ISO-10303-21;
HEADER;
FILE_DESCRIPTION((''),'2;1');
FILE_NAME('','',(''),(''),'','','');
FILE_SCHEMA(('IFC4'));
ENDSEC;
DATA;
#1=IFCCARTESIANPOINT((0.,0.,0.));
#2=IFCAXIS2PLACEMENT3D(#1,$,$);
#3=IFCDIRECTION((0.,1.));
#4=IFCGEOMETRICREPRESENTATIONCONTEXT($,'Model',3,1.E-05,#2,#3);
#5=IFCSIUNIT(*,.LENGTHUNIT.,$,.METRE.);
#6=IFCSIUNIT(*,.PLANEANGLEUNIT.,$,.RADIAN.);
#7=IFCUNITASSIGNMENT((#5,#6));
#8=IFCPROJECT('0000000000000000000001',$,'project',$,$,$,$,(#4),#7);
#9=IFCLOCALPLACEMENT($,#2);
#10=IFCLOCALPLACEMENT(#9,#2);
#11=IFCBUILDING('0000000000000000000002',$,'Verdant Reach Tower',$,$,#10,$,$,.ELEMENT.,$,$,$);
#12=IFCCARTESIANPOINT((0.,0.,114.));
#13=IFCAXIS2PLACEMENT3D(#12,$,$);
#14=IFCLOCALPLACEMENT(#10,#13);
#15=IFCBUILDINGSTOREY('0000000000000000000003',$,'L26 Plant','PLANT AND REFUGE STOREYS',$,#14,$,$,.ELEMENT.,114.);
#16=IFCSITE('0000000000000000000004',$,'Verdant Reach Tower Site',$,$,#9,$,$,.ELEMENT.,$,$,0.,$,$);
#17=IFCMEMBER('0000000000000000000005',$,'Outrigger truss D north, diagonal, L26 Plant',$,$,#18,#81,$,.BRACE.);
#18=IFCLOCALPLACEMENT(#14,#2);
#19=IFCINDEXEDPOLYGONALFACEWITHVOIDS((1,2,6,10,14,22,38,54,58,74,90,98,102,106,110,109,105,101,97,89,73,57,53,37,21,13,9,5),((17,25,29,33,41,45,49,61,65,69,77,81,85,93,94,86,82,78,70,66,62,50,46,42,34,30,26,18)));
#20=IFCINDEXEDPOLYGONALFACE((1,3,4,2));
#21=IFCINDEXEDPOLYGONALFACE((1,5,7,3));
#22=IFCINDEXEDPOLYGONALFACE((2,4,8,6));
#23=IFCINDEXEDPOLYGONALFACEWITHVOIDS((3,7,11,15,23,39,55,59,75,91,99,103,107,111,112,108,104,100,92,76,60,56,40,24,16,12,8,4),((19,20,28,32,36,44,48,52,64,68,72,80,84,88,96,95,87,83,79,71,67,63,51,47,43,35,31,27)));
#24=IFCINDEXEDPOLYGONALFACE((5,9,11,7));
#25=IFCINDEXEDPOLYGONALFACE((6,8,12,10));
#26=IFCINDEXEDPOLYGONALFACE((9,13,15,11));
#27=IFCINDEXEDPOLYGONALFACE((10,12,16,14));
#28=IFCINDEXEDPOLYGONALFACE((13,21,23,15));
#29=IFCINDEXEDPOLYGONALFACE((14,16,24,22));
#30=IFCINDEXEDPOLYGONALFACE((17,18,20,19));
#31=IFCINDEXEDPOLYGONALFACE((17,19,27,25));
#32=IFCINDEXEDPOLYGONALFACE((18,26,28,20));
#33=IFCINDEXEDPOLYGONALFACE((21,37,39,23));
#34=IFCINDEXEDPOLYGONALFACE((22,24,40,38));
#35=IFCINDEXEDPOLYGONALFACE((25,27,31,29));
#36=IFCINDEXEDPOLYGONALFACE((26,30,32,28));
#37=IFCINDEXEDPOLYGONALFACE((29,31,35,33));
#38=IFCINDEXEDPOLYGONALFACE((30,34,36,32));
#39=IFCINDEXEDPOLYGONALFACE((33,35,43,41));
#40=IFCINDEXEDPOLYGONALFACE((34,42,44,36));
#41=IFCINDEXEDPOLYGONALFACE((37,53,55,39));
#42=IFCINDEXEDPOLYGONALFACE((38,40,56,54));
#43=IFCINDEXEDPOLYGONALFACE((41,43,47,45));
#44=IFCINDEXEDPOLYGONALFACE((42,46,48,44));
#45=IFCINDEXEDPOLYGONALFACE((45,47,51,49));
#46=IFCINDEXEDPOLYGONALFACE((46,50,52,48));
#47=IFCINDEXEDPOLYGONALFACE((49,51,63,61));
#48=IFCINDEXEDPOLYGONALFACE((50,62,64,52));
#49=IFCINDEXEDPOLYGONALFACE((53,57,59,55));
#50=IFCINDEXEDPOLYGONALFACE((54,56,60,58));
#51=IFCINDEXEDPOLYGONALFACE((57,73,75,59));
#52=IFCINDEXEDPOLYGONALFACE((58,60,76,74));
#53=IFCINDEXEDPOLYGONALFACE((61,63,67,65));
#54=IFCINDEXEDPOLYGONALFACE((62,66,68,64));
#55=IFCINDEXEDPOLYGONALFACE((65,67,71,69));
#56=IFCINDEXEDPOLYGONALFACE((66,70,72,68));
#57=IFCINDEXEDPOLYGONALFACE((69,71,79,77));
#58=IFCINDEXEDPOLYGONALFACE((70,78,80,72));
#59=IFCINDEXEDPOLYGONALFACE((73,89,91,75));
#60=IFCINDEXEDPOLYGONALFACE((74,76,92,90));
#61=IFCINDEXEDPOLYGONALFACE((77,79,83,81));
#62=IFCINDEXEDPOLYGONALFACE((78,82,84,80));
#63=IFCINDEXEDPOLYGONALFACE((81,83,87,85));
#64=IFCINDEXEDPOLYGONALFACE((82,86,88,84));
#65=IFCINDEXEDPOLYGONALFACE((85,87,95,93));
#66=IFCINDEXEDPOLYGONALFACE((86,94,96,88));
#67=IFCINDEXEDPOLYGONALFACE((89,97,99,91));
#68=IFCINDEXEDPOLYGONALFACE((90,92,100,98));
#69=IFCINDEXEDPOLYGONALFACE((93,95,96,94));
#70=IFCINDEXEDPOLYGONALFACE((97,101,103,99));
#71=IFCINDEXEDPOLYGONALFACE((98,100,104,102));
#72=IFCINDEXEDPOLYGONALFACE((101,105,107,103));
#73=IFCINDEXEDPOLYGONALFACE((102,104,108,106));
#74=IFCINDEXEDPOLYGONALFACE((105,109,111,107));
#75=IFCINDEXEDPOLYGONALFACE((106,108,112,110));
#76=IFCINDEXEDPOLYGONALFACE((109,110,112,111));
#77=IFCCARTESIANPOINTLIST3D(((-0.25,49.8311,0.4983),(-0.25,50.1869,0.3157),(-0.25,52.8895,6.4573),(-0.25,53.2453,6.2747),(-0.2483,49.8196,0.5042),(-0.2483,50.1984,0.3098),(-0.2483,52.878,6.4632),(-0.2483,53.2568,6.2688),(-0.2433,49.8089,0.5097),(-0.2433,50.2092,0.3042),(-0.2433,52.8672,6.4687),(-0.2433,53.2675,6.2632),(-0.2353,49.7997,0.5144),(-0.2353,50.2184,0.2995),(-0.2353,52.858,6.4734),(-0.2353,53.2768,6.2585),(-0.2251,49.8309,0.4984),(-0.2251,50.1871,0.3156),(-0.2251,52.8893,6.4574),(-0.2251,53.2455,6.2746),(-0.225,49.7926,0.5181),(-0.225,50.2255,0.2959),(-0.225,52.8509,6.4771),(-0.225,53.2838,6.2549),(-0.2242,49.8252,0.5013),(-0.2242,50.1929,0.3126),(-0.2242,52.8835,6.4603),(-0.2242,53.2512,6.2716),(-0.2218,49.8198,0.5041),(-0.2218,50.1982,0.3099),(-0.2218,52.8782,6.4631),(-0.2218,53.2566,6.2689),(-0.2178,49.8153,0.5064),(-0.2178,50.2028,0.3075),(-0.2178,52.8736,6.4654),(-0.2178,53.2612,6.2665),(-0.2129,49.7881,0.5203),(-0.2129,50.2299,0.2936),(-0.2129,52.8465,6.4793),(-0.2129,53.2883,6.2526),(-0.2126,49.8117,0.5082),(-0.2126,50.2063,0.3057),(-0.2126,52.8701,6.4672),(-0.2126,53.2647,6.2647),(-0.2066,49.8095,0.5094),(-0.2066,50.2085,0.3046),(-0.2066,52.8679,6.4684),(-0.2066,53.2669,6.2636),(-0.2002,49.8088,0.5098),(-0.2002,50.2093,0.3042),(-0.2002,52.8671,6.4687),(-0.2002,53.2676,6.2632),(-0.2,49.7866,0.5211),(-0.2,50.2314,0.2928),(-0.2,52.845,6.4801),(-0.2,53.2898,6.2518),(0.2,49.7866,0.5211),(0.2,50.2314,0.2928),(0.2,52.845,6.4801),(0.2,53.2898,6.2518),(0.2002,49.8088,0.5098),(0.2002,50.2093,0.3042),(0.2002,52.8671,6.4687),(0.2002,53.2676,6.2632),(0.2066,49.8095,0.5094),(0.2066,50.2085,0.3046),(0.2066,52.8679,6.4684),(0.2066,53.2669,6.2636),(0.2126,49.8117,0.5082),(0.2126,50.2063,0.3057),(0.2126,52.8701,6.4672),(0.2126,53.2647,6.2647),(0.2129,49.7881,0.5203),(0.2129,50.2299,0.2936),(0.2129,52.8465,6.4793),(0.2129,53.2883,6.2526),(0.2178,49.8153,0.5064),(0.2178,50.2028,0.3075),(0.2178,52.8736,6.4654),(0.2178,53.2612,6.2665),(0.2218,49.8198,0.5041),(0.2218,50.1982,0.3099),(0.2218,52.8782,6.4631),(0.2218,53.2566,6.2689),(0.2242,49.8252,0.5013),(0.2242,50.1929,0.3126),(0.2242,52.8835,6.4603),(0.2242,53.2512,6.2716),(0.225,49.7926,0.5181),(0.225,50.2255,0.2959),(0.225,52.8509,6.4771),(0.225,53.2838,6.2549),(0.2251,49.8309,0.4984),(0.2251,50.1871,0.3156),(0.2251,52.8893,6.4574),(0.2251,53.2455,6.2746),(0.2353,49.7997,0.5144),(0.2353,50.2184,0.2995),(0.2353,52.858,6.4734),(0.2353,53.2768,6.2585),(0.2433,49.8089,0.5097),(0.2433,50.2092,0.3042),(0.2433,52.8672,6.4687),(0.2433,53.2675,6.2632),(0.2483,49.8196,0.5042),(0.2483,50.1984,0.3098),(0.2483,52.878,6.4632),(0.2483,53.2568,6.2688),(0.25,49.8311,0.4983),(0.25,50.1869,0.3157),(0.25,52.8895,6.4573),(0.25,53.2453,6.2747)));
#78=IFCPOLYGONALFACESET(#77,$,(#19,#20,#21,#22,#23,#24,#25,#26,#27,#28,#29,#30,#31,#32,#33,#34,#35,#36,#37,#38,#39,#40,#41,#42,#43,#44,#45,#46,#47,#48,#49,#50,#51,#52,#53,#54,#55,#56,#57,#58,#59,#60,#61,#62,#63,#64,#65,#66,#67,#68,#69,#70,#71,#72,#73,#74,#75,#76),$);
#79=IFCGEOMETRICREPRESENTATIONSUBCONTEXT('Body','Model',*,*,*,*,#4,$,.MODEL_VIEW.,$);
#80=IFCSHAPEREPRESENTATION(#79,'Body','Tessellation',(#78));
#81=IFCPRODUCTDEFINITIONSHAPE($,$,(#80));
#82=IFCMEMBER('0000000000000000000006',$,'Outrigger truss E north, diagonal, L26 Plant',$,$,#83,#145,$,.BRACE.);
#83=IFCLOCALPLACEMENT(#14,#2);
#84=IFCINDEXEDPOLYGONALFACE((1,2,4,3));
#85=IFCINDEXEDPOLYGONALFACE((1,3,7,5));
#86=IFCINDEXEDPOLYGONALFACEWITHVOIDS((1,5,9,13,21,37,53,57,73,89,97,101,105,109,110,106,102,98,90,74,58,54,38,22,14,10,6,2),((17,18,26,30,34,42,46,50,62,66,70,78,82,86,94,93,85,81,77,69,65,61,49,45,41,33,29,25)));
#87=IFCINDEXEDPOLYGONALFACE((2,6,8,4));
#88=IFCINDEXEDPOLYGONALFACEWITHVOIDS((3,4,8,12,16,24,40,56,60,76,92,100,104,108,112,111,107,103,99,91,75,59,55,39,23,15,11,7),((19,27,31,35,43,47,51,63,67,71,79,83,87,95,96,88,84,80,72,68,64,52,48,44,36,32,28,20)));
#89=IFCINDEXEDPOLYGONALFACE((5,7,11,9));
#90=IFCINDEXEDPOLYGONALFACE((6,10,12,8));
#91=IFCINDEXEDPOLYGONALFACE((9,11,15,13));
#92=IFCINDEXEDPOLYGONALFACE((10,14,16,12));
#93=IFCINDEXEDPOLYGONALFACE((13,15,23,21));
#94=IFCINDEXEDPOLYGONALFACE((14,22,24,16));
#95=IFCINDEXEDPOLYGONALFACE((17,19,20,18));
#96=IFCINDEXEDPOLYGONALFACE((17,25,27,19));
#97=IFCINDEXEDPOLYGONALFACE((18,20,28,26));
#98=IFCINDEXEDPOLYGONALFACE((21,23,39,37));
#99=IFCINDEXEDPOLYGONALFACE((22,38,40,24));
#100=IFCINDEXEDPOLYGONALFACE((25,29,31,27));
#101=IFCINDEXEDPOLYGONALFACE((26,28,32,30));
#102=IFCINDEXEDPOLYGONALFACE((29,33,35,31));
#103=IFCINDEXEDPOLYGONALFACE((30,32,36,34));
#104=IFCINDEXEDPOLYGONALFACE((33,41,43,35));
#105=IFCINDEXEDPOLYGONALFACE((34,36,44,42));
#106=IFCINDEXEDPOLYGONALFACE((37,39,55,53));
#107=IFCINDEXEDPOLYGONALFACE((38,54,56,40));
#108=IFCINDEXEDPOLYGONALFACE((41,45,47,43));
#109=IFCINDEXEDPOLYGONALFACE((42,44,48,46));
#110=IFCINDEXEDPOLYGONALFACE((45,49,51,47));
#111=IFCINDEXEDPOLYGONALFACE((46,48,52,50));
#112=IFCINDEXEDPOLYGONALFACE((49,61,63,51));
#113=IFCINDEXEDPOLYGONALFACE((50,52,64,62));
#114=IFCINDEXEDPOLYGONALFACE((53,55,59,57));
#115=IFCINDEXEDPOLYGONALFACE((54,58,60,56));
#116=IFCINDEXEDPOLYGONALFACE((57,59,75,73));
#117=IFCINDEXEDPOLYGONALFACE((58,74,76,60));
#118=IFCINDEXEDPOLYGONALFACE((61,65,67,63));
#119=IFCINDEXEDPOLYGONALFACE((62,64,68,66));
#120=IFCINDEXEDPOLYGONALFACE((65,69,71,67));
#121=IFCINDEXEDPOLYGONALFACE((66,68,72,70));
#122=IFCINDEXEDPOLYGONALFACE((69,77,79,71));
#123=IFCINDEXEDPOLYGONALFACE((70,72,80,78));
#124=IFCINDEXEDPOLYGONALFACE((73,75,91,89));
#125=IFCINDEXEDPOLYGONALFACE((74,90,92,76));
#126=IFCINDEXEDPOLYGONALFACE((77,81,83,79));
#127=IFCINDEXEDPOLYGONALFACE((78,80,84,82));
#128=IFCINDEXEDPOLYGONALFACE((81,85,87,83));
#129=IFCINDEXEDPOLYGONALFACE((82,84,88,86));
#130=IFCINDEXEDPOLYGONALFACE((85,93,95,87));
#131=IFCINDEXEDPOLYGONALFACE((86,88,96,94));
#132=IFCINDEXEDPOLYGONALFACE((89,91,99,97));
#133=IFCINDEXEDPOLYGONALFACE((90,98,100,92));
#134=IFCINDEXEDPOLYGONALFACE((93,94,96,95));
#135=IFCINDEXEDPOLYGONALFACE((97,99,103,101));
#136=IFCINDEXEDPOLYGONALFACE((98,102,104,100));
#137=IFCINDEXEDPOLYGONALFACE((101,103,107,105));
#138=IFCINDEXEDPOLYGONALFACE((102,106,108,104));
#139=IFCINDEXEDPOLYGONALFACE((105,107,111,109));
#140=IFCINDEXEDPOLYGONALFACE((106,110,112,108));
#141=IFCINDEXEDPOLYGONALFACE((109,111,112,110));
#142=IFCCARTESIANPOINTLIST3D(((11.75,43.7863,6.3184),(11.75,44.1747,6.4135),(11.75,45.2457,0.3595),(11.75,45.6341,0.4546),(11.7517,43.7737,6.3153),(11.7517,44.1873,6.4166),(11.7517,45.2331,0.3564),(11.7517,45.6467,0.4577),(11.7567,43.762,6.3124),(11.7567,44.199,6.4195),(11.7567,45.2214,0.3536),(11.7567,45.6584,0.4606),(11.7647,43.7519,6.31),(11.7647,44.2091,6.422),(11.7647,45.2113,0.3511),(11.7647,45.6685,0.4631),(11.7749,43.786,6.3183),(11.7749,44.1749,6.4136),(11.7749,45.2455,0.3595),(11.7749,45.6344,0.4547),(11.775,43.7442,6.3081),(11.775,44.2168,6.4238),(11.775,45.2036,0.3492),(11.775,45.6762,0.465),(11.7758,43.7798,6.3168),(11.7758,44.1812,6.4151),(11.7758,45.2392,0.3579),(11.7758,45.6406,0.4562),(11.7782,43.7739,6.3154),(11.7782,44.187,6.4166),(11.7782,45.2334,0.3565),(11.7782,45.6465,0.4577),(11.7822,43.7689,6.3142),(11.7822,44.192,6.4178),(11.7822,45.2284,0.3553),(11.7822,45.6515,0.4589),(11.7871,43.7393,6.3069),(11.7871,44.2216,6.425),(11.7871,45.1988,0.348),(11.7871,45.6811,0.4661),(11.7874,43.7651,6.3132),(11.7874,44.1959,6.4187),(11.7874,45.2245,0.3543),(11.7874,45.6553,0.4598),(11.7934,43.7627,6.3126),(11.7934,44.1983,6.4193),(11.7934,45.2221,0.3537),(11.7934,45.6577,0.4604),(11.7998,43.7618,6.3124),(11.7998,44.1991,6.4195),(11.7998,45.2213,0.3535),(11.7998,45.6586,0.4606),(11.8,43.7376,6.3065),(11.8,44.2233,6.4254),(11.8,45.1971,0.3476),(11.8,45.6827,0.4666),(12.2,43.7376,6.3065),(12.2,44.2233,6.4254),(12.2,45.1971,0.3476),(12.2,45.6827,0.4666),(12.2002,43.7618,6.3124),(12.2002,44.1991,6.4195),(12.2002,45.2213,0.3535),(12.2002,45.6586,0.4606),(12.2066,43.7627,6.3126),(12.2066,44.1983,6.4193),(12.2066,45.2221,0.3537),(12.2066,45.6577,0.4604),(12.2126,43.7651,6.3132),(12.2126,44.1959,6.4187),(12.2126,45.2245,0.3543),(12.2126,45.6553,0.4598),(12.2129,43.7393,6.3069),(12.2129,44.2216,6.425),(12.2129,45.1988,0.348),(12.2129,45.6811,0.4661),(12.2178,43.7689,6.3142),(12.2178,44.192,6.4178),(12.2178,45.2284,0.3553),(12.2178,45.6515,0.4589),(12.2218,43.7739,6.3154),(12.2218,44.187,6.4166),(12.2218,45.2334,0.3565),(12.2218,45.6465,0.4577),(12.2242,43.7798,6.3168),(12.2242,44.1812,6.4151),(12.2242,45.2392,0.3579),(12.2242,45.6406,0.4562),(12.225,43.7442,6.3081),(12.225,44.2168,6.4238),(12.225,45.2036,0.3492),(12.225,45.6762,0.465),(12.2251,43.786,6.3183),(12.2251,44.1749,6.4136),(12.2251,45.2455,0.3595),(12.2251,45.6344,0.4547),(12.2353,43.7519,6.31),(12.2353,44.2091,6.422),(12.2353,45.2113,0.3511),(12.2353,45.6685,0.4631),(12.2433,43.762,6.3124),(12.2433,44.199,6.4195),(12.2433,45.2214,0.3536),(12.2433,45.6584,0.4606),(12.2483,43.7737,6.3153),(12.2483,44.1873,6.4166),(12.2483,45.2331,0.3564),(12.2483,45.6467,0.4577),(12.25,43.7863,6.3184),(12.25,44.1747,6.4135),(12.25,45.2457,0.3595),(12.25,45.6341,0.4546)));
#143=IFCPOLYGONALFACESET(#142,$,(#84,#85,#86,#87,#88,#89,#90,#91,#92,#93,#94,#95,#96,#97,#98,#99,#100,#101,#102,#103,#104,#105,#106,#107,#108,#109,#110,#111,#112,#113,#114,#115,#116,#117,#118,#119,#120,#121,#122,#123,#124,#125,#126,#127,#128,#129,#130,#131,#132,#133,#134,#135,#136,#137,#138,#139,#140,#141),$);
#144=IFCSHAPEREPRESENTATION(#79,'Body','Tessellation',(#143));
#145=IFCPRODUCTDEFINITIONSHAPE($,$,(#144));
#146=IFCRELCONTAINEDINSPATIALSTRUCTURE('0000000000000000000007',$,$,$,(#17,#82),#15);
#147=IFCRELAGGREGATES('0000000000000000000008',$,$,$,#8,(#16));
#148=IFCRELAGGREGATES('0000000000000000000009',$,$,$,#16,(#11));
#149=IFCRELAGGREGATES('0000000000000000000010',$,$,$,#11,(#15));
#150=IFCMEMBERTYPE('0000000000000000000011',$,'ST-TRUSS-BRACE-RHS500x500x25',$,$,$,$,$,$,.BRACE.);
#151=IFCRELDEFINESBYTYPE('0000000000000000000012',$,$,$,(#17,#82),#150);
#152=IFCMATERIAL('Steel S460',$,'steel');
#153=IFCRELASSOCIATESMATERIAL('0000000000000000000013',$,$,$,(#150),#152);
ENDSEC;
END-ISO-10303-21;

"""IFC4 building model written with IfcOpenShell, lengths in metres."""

from ifc_helpers import new_model, si_unit, direction, frame, origin, origin_2d, place, context, subcontext, project, spatial, hollow_rectangle, extrude, material, material_profile, profile_set, type_object, element, save


model = new_model("IFC4")

# Units and contexts
model_context = context("Model", 3, precision=1e-05, world=origin(), true_north=direction((0.0, 1.0)))
body_context = subcontext(model_context, "Body", "Model", "MODEL_VIEW")
ifc_project = project(units=[si_unit("LENGTHUNIT", "METRE"), si_unit("PLANEANGLEUNIT", "RADIAN")], contexts=[model_context])

# Site, building, storey
site_placement = place(None, origin())
site = spatial("IfcSite", under=ifc_project, at=site_placement, Name="Verdant Reach Tower Site", CompositionType="ELEMENT", RefElevation=0.0)
building_placement = place(site_placement, origin())
building = spatial("IfcBuilding", under=site, at=building_placement, Name="Verdant Reach Tower", CompositionType="ELEMENT")
storey_placement = place(building_placement, frame((0.0, 0.0, 114.0)))
storey = spatial("IfcBuildingStorey", under=building, at=storey_placement, Name="L26 Plant", Description="PLANT AND REFUGE STOREYS", CompositionType="ELEMENT", Elevation=114.0)

# Shared definitions
ifc_material_1 = material(Name="Steel S460", Category="steel")

# Members
ifc_material_profile_1 = material_profile(ifc_material_1, hollow_rectangle(XDim=0.5, YDim=0.5, WallThickness=0.0249, InnerFilletRadius=0.0249, OuterFilletRadius=0.05, at=origin_2d()), Name="RHS 500x500x25")
ifc_profile_set_1 = profile_set([ifc_material_profile_1], Name="Steel S460")
member_type_1 = type_object("IfcMemberType", Name="ST-TRUSS-BRACE-RHS500x500x25", PredefinedType="BRACE", material=ifc_profile_set_1)
member_1_placement = place(storey_placement, frame((0.0, 53.0674, 6.366), z_axis=(0.0, -0.456607, -0.889668), x_axis=(1.0, 0.0, 0.0)))
element("IfcMember", 1, at=member_1_placement, inside=storey, type_object=member_type_1, Name="Outrigger truss D north, diagonal, L26 Plant", PredefinedType="BRACE", context=body_context, shape_type="SweptSolid", body=[
    extrude(hollow_rectangle(XDim=0.5, YDim=0.5, WallThickness=0.0249, InnerFilletRadius=0.0249, OuterFilletRadius=0.05, at=origin_2d()), origin(), (0.0, 0.0, 1.0), 6.698),
])
member_2_placement = place(storey_placement, frame((12.0, 43.9805, 6.366), z_axis=(0.0, 0.237889, -0.971292), x_axis=(-1.0, 0.0, 0.0)))
element("IfcMember", 2, at=member_2_placement, inside=storey, type_object=member_type_1, Name="Outrigger truss E north, diagonal, L26 Plant", PredefinedType="BRACE", context=body_context, shape_type="SweptSolid", body=[
    extrude(hollow_rectangle(XDim=0.5, YDim=0.5, WallThickness=0.0249, InnerFilletRadius=0.0249, OuterFilletRadius=0.05, at=origin_2d()), origin(), (0.0, 0.0, 1.0), 6.135),
])

save(model, "model.ifc")
